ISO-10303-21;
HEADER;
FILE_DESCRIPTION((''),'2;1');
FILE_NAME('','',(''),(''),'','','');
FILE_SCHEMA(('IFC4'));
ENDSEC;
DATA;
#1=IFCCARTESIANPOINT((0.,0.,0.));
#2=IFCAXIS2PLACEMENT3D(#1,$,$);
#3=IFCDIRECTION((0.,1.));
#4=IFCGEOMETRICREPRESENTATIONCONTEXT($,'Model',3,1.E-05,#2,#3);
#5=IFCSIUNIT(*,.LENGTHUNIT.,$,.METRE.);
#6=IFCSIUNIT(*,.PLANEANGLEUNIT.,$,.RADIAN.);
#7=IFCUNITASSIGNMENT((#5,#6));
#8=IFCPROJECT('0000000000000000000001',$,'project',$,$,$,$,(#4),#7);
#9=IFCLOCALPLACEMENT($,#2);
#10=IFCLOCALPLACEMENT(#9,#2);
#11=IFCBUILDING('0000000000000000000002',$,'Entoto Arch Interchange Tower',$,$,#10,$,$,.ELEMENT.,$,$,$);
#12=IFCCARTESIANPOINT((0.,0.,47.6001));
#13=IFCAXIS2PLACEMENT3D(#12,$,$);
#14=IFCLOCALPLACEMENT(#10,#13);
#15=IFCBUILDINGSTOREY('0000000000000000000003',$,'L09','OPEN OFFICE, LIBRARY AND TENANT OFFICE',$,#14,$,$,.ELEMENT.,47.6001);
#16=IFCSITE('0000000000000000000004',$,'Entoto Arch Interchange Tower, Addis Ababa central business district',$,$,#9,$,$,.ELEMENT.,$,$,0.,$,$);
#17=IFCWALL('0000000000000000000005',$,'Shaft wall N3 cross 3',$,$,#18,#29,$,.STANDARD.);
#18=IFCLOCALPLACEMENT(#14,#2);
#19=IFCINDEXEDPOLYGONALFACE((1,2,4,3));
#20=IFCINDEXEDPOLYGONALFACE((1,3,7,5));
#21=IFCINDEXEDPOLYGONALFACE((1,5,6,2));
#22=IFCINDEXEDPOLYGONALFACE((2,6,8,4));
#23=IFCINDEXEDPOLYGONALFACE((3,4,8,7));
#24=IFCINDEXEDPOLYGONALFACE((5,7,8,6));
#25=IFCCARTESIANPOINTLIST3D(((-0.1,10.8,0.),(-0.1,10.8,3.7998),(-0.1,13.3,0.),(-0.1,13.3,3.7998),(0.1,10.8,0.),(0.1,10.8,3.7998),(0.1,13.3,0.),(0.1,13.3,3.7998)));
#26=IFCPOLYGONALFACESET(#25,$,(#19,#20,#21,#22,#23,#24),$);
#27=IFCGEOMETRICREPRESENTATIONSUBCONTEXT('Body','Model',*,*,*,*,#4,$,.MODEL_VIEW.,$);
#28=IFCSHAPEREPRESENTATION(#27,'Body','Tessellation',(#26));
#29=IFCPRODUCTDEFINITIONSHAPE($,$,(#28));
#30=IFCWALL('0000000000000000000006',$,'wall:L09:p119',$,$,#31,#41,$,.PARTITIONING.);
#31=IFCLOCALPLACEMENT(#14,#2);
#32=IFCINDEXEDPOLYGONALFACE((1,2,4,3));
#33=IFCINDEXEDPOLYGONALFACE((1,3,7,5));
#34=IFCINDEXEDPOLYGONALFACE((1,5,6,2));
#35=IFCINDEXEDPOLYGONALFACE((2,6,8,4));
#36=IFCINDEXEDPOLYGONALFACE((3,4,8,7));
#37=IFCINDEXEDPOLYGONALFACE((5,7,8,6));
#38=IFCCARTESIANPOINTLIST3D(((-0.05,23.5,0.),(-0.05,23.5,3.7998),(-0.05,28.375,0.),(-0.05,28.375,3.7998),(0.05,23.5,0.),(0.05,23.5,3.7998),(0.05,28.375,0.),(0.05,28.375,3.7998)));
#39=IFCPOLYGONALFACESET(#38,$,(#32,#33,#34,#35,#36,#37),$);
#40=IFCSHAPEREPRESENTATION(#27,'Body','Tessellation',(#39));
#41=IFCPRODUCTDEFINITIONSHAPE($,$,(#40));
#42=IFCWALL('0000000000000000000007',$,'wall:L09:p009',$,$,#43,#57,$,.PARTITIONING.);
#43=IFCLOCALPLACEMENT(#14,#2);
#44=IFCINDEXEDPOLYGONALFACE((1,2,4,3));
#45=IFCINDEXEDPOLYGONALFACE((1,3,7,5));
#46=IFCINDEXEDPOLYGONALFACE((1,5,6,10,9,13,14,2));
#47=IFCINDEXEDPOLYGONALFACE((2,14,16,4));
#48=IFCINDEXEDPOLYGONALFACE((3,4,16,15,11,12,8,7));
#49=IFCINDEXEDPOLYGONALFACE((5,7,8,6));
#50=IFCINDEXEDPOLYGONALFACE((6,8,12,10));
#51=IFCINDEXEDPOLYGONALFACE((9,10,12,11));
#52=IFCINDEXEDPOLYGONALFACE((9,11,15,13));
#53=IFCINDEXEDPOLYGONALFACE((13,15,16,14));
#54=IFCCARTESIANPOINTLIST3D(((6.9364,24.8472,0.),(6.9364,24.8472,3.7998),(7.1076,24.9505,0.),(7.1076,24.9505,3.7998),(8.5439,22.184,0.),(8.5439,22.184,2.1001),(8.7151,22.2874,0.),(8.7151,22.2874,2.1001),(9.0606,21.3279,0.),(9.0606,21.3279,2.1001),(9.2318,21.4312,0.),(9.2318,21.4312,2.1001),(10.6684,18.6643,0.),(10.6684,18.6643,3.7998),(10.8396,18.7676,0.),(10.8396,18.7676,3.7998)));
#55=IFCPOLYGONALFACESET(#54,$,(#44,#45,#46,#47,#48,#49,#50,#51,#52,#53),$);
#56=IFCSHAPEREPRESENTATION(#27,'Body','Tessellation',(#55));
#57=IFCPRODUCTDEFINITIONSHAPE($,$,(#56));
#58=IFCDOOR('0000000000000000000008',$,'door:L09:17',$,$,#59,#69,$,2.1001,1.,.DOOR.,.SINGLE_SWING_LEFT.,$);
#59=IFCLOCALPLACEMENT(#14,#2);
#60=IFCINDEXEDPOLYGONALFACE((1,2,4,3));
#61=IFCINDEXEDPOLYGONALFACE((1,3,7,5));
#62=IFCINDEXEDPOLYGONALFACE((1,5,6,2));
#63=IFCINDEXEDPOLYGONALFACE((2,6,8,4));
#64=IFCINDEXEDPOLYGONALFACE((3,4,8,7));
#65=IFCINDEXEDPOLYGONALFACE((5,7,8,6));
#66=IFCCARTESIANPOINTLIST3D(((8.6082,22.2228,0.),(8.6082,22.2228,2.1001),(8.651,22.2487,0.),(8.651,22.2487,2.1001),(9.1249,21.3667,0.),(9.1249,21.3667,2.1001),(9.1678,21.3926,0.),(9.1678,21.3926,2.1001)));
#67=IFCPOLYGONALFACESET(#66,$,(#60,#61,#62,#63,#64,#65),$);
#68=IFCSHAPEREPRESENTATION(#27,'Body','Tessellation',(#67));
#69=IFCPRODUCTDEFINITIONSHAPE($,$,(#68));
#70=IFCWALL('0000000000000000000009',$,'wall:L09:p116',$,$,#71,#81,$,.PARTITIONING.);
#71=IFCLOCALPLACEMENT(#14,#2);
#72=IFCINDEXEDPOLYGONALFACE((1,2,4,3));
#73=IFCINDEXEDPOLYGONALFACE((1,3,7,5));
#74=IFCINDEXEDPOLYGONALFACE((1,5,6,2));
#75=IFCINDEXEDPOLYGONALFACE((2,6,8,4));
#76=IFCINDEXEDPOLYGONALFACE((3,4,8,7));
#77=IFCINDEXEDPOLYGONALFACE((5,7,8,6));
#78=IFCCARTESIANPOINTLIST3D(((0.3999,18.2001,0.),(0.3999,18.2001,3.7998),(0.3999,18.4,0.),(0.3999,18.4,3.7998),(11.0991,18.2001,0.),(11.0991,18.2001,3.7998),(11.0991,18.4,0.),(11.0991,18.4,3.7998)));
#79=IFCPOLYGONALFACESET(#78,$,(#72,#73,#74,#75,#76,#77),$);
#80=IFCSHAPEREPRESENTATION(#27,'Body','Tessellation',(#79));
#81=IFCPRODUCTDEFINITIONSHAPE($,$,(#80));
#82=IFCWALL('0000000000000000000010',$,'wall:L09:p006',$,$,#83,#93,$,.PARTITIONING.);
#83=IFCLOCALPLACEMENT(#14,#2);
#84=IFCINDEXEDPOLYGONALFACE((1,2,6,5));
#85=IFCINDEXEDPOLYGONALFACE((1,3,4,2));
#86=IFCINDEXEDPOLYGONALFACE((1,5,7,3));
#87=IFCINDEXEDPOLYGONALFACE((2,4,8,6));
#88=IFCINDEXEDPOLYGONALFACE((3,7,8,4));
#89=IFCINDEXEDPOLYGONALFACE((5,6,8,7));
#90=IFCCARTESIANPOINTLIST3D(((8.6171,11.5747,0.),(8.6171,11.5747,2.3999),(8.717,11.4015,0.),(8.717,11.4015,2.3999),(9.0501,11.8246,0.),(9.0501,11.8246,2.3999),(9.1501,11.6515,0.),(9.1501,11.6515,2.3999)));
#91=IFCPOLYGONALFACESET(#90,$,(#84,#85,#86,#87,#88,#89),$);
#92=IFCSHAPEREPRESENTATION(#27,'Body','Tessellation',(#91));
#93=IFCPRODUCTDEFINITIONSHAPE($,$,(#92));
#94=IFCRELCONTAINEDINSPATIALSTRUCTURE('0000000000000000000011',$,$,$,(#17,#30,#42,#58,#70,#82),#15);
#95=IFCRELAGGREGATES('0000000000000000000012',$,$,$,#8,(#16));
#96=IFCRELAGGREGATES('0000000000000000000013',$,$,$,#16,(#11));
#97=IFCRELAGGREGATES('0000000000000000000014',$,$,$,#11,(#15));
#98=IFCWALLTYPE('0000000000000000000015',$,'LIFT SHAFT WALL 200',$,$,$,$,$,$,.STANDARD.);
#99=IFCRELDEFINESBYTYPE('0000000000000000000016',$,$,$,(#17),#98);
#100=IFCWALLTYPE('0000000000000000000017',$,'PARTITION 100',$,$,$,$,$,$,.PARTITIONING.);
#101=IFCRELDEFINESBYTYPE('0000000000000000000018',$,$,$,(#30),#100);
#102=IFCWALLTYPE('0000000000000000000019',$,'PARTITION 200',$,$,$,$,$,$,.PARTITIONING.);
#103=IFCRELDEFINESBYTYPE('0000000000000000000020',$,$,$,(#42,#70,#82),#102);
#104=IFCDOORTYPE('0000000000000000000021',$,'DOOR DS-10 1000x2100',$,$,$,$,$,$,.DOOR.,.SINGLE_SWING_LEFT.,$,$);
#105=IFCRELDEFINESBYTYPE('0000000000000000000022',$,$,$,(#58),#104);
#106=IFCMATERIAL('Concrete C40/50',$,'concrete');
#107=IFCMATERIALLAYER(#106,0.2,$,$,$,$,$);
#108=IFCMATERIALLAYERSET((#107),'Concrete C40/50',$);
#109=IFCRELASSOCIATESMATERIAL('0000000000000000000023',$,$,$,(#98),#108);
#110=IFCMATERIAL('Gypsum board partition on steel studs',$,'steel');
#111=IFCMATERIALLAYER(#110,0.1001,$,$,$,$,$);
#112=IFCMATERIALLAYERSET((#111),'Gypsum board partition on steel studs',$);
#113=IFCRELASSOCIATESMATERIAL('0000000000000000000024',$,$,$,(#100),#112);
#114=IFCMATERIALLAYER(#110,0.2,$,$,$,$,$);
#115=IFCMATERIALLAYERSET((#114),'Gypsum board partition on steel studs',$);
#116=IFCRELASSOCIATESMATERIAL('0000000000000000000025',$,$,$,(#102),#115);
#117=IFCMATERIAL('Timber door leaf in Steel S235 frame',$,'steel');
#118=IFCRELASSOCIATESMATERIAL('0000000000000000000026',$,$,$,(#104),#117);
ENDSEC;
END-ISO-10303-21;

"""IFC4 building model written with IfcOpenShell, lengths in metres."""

from ifc_helpers import new_model, si_unit, direction, frame, frame_2d, origin, place, context, subcontext, project, spatial, rectangle, extrude, material, layer, layer_set, type_object, element, fill, save


model = new_model("IFC4")

# Units and contexts
model_context = context("Model", 3, precision=1e-05, world=origin(), true_north=direction((0.0, 1.0)))
body_context = subcontext(model_context, "Body", "Model", "MODEL_VIEW")
ifc_project = project(units=[si_unit("LENGTHUNIT", "METRE"), si_unit("PLANEANGLEUNIT", "RADIAN")], contexts=[model_context])

# Site, building, storey
site_placement = place(None, origin())
site = spatial("IfcSite", under=ifc_project, at=site_placement, Name="Entoto Arch Interchange Tower, Addis Ababa central business district", CompositionType="ELEMENT", RefElevation=0.0)
building_placement = place(site_placement, origin())
building = spatial("IfcBuilding", under=site, at=building_placement, Name="Entoto Arch Interchange Tower", CompositionType="ELEMENT")
storey_placement = place(building_placement, frame((0.0, 0.0, 47.6001)))
storey = spatial("IfcBuildingStorey", under=building, at=storey_placement, Name="L09", Description="OPEN OFFICE, LIBRARY AND TENANT OFFICE", CompositionType="ELEMENT", Elevation=47.6001)

# Shared definitions
ifc_material_1 = material(Name="Concrete C40/50", Category="concrete")

# Walls
ifc_layer_1 = layer(ifc_material_1, 0.2)
ifc_layer_set_1 = layer_set([ifc_layer_1], Name="Concrete C40/50")
wall_type_1 = type_object("IfcWallType", Name="LIFT SHAFT WALL 200", PredefinedType="STANDARD", material=ifc_layer_set_1)
for number, where, z_axis, x_axis, name in (
    (1, (0.0, 10.8, 0.0), (0.0, 0.0, 1.0), (0.0, 1.0, 0.0), "Shaft wall N3 cross 3"),
):
    element("IfcWall", number, at=place(storey_placement, frame(where, z_axis=z_axis, x_axis=x_axis)), inside=storey, type_object=wall_type_1, Name=name, PredefinedType="STANDARD", context=body_context, shape_type="SweptSolid", body=[
        extrude(rectangle(XDim=2.5, YDim=0.2, at=frame_2d((1.25, 0.0))), origin(), (0.0, 0.0, 1.0), 3.7998),
    ])
ifc_material_2 = material(Name="Gypsum board partition on steel studs", Category="steel")
ifc_layer_2 = layer(ifc_material_2, 0.1001)
ifc_layer_set_2 = layer_set([ifc_layer_2], Name="Gypsum board partition on steel studs")
wall_type_2 = type_object("IfcWallType", Name="PARTITION 100", PredefinedType="PARTITIONING", material=ifc_layer_set_2)
wall_1_placement = place(storey_placement, frame((0.0, 23.5, 0.0), z_axis=(0.0, 0.0, 1.0), x_axis=(0.0, 1.0, 0.0)))
element("IfcWall", 2, at=wall_1_placement, inside=storey, type_object=wall_type_2, Name="wall:L09:p119", PredefinedType="PARTITIONING", context=body_context, shape_type="SweptSolid", body=[
    extrude(rectangle(XDim=4.875, YDim=0.1001, at=frame_2d((2.4375, 0.0))), origin(), (0.0, 0.0, 1.0), 3.7998),
])

# Wall, opening, door
ifc_layer_3 = layer(ifc_material_2, 0.2)
ifc_layer_set_3 = layer_set([ifc_layer_3], Name="Gypsum board partition on steel studs")
wall_type_3 = type_object("IfcWallType", Name="PARTITION 200", PredefinedType="PARTITIONING", material=ifc_layer_set_3)
wall_2_placement = place(storey_placement, frame((10.7539, 18.7161, 0.0), z_axis=(0.0, 0.0, 1.0), x_axis=(-0.516756, 0.856133, 0.0)))
wall_2 = element("IfcWall", 3, at=wall_2_placement, inside=storey, type_object=wall_type_3, Name="wall:L09:p009", PredefinedType="PARTITIONING", context=body_context, shape_type="SweptSolid", body=[
    extrude(rectangle(XDim=7.2219, YDim=0.2, at=frame_2d((3.6108, 0.0))), origin(), (0.0, 0.0, 1.0), 3.7998),
])
opening_1_placement = place(wall_2_placement, frame((3.1111, 0.0, 0.0)))
opening_1 = element("IfcOpeningElement", 4, at=opening_1_placement, cuts=wall_2, PredefinedType="OPENING", context=body_context, shape_type="SweptSolid", body=[
    extrude(rectangle(XDim=1.0, YDim=2.1001, at=frame_2d((0.5, 1.05))), frame((0.0, 0.1099, 0.0), z_axis=(0.0, -1.0, 0.0), x_axis=(1.0, 0.0, 0.0)), (0.0, 0.0, 1.0), 0.22),
])
ifc_material_3 = material(Name="Timber door leaf in Steel S235 frame", Category="steel")
door_type_1 = type_object("IfcDoorType", Name="DOOR DS-10 1000x2100", OperationType="SINGLE_SWING_LEFT", PredefinedType="DOOR", material=ifc_material_3)
door_1_placement = place(opening_1_placement, origin())
door_1 = element("IfcDoor", 5, at=door_1_placement, inside=storey, type_object=door_type_1, Name="door:L09:17", OperationType="SINGLE_SWING_LEFT", OverallHeight=2.1001, OverallWidth=1.0, PredefinedType="DOOR", context=body_context, shape_type="SweptSolid", body=[
    extrude(rectangle(XDim=1.0, YDim=2.1001, at=frame_2d((0.5, 1.05))), frame((0.0, 0.0249, 0.0), z_axis=(0.0, -1.0, 0.0), x_axis=(1.0, 0.0, 0.0)), (0.0, 0.0, 1.0), 0.05),
])
fill(opening_1, door_1)

# Walls
wall_3_placement = place(storey_placement, frame((0.3999, 18.3, 0.0), z_axis=(0.0, 0.0, 1.0), x_axis=(1.0, 0.0, 0.0)))
element("IfcWall", 6, at=wall_3_placement, inside=storey, type_object=wall_type_3, Name="wall:L09:p116", PredefinedType="PARTITIONING", context=body_context, shape_type="SweptSolid", body=[
    extrude(rectangle(XDim=10.6992, YDim=0.2, at=frame_2d((5.3496, 0.0))), origin(), (0.0, 0.0, 1.0), 3.7998),
])
wall_4_placement = place(storey_placement, frame((9.1001, 11.738, 0.0), z_axis=(0.0, 0.0, 1.0), x_axis=(-0.866072, -0.49992, 0.0)))
element("IfcWall", 7, at=wall_4_placement, inside=storey, type_object=wall_type_3, Name="wall:L09:p006", PredefinedType="PARTITIONING", context=body_context, shape_type="SweptSolid", body=[
    extrude(rectangle(XDim=0.5, YDim=0.2, at=frame_2d((0.25, 0.0))), origin(), (0.0, 0.0, 1.0), 2.3999),
])

save(model, "model.ifc")
